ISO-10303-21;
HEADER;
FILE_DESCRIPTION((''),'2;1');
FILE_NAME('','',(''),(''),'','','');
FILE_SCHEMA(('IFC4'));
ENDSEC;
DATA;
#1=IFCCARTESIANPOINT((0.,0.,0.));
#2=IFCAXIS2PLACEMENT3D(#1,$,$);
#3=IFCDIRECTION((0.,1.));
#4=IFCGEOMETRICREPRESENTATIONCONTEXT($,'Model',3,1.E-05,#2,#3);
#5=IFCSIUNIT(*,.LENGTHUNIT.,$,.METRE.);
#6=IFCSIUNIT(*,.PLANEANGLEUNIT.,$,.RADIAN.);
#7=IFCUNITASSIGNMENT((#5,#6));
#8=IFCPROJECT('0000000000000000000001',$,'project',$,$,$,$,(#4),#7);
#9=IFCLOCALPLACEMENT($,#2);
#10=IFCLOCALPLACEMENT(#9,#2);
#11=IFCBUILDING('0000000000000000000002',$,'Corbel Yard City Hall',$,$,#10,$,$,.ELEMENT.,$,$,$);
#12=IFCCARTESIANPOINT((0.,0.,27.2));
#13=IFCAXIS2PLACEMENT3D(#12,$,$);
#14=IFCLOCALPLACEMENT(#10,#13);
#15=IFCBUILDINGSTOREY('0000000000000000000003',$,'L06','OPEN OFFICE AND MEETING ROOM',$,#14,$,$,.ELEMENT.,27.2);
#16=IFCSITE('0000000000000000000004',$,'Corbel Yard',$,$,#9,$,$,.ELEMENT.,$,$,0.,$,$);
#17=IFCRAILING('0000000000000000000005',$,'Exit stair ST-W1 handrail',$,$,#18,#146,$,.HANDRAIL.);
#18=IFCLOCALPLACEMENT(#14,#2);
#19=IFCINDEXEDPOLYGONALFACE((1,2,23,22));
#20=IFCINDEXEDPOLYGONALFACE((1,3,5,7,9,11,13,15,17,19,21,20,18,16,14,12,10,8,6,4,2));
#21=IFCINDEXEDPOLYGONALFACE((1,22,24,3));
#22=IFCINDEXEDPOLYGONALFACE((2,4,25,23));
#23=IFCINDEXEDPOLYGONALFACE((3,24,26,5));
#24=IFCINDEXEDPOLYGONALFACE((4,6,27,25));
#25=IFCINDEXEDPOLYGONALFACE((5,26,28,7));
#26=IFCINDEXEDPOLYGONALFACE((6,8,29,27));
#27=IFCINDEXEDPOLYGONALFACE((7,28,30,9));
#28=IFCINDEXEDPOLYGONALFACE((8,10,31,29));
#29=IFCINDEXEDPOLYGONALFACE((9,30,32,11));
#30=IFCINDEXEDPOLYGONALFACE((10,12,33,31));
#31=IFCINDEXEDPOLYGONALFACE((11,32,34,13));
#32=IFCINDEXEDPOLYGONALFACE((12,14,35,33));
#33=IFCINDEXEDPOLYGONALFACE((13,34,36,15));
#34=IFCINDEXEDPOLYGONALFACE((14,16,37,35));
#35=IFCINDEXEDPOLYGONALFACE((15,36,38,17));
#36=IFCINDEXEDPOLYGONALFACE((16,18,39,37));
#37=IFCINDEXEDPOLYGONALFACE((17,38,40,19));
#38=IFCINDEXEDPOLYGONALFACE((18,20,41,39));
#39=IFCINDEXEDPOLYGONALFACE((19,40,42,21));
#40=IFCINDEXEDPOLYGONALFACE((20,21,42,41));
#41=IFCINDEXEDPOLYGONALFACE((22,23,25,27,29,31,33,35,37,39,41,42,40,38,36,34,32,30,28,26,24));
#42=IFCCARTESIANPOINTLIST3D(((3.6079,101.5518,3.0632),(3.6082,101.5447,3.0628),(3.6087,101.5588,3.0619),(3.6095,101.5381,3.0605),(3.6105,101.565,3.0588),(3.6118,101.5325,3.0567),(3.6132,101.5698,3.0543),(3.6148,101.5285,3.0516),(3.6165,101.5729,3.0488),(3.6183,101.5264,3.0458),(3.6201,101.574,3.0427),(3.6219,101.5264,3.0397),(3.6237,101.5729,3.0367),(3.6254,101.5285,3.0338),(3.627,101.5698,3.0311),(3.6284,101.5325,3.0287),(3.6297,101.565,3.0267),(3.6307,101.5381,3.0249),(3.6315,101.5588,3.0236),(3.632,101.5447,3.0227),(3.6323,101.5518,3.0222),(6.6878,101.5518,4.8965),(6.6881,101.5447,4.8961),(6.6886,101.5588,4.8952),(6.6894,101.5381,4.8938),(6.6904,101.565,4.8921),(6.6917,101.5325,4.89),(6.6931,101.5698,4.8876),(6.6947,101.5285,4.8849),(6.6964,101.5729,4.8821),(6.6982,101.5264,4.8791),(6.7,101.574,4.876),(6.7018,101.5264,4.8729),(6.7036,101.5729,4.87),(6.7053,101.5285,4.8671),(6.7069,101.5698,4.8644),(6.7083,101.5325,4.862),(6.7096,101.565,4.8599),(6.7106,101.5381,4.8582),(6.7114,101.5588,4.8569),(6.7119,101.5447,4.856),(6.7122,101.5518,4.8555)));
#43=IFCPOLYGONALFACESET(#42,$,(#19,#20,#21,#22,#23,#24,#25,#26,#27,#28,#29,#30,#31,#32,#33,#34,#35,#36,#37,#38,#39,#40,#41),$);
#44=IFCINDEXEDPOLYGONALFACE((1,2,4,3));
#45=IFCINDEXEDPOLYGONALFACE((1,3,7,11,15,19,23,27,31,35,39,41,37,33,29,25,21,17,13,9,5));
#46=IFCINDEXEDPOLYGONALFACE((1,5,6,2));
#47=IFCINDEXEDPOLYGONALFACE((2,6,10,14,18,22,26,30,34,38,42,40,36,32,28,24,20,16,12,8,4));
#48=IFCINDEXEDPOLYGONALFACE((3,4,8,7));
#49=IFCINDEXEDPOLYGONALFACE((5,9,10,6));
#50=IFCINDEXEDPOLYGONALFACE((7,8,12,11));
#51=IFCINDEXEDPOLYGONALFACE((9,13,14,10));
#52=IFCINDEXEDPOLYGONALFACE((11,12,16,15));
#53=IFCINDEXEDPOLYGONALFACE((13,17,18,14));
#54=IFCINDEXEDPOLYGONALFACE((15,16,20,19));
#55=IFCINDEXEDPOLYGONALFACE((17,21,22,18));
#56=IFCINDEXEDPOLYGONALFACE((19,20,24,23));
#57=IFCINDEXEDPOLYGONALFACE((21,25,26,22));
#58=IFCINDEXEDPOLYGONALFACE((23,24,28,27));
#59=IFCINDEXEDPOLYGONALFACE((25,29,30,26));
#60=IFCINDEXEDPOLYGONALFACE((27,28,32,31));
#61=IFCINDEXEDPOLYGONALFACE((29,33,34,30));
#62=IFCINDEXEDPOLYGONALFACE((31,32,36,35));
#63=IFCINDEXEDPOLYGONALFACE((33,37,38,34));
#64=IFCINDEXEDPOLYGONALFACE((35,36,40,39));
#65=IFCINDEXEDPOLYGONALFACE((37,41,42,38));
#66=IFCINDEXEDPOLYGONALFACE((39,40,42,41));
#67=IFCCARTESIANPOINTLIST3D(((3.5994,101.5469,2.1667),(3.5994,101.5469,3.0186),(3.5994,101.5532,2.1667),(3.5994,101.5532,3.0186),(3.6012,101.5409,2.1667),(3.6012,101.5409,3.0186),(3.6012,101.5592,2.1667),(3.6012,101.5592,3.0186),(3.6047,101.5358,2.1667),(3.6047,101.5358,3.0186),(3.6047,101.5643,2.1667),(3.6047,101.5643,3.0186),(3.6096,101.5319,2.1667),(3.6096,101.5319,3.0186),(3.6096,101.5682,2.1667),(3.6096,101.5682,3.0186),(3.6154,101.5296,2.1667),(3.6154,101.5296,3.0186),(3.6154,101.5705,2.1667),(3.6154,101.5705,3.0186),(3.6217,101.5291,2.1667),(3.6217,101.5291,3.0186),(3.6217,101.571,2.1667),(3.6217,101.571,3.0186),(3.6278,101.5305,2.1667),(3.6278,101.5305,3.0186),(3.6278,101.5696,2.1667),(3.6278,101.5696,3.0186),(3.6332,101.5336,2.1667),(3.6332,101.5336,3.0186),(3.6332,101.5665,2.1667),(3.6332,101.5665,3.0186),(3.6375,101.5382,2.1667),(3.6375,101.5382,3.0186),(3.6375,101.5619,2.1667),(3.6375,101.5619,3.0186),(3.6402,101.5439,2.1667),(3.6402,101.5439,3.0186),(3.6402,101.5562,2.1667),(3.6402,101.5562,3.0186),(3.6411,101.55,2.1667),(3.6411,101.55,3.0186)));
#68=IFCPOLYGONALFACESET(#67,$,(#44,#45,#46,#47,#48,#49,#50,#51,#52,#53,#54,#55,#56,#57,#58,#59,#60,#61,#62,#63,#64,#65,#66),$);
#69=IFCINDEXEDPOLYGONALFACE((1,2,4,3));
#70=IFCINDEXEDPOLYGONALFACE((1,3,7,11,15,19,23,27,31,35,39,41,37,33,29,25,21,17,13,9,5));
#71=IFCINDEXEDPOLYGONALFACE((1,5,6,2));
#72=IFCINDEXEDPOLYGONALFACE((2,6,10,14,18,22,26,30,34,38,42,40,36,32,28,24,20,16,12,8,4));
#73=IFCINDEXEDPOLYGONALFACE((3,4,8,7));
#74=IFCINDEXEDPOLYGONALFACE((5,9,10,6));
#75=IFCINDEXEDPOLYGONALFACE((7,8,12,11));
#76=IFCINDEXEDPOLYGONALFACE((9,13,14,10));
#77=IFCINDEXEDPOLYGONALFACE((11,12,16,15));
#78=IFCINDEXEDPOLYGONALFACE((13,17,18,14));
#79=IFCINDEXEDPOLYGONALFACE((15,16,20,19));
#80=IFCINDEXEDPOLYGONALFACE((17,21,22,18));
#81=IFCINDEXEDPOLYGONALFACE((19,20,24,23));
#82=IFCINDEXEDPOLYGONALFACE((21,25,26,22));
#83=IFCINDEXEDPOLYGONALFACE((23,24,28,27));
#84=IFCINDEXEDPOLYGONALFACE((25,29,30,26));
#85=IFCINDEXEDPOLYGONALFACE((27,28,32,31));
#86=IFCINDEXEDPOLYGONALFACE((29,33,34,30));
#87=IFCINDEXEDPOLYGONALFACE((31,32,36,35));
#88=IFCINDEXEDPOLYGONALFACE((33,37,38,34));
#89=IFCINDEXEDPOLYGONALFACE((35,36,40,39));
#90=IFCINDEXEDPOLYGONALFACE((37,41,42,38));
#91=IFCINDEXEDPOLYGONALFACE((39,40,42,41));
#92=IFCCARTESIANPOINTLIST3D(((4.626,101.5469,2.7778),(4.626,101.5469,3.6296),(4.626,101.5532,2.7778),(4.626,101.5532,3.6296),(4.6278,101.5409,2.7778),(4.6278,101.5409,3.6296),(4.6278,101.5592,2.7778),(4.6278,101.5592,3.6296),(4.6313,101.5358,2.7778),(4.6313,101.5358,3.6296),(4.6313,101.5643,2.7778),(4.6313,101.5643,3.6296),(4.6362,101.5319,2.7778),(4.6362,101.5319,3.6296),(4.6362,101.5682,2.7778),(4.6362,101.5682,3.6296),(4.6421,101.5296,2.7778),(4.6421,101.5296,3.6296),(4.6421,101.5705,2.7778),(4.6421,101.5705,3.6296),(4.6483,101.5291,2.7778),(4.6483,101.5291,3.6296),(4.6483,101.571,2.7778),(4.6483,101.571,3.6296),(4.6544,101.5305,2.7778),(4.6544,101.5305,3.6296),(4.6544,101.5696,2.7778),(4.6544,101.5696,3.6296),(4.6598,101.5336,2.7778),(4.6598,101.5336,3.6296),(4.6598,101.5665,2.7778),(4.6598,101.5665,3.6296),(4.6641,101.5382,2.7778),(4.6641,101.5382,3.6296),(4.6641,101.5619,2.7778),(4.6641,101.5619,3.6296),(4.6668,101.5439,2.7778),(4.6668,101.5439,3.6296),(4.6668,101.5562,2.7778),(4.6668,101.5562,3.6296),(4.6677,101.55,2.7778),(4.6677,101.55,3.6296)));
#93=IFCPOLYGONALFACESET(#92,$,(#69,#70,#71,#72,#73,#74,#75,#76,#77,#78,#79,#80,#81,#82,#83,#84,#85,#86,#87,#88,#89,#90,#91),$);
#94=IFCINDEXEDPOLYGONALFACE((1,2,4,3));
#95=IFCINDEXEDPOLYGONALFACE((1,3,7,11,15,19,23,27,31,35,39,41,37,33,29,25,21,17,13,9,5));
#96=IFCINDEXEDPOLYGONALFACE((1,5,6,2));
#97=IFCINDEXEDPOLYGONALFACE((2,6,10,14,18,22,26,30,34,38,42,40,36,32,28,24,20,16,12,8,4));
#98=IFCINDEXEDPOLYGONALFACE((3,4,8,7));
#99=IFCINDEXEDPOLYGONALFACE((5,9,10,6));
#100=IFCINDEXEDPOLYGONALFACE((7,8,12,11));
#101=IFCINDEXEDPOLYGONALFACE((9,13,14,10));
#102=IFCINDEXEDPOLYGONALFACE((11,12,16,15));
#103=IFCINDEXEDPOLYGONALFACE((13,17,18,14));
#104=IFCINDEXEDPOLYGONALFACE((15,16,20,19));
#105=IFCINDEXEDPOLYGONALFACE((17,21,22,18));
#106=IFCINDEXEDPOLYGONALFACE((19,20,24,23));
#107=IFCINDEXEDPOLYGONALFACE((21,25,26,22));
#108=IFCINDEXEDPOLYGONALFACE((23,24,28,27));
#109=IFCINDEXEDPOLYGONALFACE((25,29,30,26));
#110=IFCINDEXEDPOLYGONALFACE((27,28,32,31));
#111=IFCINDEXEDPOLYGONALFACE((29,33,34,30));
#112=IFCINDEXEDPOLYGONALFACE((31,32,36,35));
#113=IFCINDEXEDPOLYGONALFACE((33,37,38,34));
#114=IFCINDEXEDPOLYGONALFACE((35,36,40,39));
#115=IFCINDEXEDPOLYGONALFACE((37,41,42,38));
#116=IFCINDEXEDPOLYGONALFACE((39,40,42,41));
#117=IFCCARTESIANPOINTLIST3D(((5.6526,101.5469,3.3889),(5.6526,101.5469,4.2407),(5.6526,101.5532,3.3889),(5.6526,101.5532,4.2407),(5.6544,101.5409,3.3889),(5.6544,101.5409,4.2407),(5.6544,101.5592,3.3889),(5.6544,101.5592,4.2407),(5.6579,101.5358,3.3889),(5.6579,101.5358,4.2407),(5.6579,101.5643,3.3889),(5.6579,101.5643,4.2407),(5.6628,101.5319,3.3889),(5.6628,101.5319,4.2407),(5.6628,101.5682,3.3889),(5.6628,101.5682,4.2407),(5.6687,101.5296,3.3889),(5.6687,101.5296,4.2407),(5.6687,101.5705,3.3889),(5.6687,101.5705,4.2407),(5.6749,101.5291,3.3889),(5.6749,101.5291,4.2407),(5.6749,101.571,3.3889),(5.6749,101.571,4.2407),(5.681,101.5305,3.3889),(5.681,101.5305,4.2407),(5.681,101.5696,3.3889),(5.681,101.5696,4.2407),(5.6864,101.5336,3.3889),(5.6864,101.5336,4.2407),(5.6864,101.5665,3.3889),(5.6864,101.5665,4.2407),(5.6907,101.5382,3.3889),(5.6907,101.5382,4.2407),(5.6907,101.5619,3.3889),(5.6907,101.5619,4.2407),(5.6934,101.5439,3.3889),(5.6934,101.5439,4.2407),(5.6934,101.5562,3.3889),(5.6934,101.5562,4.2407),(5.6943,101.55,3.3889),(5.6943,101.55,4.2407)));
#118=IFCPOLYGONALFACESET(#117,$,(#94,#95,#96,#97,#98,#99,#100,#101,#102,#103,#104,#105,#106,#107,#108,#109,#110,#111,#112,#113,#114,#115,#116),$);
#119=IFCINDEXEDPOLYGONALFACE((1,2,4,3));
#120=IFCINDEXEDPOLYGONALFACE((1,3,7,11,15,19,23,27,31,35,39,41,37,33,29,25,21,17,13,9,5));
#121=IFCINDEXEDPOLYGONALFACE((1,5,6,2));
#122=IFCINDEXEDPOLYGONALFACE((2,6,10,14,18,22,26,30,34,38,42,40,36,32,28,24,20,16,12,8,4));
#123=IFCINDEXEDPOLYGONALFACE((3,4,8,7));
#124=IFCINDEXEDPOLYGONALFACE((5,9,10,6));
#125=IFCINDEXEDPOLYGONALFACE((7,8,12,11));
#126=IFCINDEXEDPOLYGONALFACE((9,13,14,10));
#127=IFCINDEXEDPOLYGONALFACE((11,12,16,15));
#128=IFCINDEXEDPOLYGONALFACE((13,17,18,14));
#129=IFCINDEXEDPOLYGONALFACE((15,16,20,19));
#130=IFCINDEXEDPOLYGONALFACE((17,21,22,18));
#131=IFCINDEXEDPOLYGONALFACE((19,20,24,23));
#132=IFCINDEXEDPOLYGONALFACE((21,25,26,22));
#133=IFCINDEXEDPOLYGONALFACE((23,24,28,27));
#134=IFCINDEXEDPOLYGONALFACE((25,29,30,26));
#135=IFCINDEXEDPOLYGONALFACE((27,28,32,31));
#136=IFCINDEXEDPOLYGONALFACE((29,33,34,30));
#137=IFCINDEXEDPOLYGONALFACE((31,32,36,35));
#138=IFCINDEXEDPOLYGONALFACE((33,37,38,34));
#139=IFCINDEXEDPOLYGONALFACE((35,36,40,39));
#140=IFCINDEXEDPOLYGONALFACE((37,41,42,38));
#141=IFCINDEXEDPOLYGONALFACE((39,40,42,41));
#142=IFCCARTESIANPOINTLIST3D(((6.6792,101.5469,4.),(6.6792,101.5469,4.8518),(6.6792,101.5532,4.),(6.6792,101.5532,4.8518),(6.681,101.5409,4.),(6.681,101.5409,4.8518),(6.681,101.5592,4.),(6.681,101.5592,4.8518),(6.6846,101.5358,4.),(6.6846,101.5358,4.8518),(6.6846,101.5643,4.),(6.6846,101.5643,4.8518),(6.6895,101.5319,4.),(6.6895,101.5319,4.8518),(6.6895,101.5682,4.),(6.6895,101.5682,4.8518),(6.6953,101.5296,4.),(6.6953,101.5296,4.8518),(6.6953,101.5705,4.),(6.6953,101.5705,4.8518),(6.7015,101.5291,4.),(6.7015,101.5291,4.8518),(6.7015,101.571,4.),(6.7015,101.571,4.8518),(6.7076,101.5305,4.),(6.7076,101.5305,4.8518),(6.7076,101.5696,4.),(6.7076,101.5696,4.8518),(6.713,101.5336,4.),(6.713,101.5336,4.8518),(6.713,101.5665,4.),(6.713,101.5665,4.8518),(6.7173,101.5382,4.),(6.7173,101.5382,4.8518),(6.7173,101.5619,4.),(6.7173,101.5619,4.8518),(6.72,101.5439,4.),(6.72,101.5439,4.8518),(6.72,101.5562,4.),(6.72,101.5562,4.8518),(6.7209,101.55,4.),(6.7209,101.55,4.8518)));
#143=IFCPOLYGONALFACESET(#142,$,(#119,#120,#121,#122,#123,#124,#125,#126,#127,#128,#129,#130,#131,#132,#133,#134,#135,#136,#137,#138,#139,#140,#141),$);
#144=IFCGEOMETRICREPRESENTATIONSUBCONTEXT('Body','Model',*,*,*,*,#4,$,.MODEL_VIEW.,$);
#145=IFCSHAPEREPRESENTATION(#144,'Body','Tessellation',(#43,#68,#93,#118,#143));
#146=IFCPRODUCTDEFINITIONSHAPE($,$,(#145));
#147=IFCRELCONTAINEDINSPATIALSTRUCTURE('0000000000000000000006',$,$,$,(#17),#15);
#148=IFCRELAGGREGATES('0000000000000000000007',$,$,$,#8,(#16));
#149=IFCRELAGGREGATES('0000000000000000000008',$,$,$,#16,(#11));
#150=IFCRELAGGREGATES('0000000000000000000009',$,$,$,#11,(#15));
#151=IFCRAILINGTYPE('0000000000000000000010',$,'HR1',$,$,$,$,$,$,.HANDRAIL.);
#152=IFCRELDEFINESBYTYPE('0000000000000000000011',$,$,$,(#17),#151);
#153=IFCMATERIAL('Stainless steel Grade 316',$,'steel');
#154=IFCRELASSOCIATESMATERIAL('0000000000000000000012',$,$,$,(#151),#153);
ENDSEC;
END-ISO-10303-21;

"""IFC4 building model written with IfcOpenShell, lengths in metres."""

from ifc_helpers import new_model, si_unit, direction, frame, origin, origin_2d, place, context, subcontext, project, spatial, circle, extrude, material, type_object, element, save


model = new_model("IFC4")

# Units and contexts
model_context = context("Model", 3, precision=1e-05, world=origin(), true_north=direction((0.0, 1.0)))
body_context = subcontext(model_context, "Body", "Model", "MODEL_VIEW")
ifc_project = project(units=[si_unit("LENGTHUNIT", "METRE"), si_unit("PLANEANGLEUNIT", "RADIAN")], contexts=[model_context])

# Site, building, storey
site_placement = place(None, origin())
site = spatial("IfcSite", under=ifc_project, at=site_placement, Name="Corbel Yard", CompositionType="ELEMENT", RefElevation=0.0)
building_placement = place(site_placement, origin())
building = spatial("IfcBuilding", under=site, at=building_placement, Name="Corbel Yard City Hall", CompositionType="ELEMENT")
storey_placement = place(building_placement, frame((0.0, 0.0, 27.2)))
storey = spatial("IfcBuildingStorey", under=building, at=storey_placement, Name="L06", Description="OPEN OFFICE AND MEETING ROOM", CompositionType="ELEMENT", Elevation=27.2)

# Railing
ifc_material_1 = material(Name="Stainless steel Grade 316", Category="steel")
railing_type = type_object("IfcRailingType", Name="HR1", PredefinedType="HANDRAIL", material=ifc_material_1)
for number, where, name in (
    (1, (3.6201, 101.55, 2.1667), "Exit stair ST-W1 handrail"),
):
    element("IfcRailing", number, at=place(storey_placement, frame(where)), inside=storey, type_object=railing_type, Name=name, PredefinedType="HANDRAIL", context=body_context, shape_type="SweptSolid", body=[
        extrude(circle(Radius=0.0239, at=origin_2d()), frame((0.0, 0.0, 0.876), z_axis=(0.859291, 0.0, 0.511487), x_axis=(0.0, 1.0, 0.0)), (0.0, 0.0, 1.0), 3.5842),
        extrude(circle(Radius=0.021, at=origin_2d()), origin(), (0.0, 0.0, 1.0), 0.8518),
        extrude(circle(Radius=0.021, at=origin_2d()), frame((1.0266, 0.0, 0.6111)), (0.0, 0.0, 1.0), 0.8518),
        extrude(circle(Radius=0.021, at=origin_2d()), frame((2.0532, 0.0, 1.2222)), (0.0, 0.0, 1.0), 0.8518),
        extrude(circle(Radius=0.021, at=origin_2d()), frame((3.0798, 0.0, 1.8333)), (0.0, 0.0, 1.0), 0.8518),
    ])

save(model, "model.ifc")
